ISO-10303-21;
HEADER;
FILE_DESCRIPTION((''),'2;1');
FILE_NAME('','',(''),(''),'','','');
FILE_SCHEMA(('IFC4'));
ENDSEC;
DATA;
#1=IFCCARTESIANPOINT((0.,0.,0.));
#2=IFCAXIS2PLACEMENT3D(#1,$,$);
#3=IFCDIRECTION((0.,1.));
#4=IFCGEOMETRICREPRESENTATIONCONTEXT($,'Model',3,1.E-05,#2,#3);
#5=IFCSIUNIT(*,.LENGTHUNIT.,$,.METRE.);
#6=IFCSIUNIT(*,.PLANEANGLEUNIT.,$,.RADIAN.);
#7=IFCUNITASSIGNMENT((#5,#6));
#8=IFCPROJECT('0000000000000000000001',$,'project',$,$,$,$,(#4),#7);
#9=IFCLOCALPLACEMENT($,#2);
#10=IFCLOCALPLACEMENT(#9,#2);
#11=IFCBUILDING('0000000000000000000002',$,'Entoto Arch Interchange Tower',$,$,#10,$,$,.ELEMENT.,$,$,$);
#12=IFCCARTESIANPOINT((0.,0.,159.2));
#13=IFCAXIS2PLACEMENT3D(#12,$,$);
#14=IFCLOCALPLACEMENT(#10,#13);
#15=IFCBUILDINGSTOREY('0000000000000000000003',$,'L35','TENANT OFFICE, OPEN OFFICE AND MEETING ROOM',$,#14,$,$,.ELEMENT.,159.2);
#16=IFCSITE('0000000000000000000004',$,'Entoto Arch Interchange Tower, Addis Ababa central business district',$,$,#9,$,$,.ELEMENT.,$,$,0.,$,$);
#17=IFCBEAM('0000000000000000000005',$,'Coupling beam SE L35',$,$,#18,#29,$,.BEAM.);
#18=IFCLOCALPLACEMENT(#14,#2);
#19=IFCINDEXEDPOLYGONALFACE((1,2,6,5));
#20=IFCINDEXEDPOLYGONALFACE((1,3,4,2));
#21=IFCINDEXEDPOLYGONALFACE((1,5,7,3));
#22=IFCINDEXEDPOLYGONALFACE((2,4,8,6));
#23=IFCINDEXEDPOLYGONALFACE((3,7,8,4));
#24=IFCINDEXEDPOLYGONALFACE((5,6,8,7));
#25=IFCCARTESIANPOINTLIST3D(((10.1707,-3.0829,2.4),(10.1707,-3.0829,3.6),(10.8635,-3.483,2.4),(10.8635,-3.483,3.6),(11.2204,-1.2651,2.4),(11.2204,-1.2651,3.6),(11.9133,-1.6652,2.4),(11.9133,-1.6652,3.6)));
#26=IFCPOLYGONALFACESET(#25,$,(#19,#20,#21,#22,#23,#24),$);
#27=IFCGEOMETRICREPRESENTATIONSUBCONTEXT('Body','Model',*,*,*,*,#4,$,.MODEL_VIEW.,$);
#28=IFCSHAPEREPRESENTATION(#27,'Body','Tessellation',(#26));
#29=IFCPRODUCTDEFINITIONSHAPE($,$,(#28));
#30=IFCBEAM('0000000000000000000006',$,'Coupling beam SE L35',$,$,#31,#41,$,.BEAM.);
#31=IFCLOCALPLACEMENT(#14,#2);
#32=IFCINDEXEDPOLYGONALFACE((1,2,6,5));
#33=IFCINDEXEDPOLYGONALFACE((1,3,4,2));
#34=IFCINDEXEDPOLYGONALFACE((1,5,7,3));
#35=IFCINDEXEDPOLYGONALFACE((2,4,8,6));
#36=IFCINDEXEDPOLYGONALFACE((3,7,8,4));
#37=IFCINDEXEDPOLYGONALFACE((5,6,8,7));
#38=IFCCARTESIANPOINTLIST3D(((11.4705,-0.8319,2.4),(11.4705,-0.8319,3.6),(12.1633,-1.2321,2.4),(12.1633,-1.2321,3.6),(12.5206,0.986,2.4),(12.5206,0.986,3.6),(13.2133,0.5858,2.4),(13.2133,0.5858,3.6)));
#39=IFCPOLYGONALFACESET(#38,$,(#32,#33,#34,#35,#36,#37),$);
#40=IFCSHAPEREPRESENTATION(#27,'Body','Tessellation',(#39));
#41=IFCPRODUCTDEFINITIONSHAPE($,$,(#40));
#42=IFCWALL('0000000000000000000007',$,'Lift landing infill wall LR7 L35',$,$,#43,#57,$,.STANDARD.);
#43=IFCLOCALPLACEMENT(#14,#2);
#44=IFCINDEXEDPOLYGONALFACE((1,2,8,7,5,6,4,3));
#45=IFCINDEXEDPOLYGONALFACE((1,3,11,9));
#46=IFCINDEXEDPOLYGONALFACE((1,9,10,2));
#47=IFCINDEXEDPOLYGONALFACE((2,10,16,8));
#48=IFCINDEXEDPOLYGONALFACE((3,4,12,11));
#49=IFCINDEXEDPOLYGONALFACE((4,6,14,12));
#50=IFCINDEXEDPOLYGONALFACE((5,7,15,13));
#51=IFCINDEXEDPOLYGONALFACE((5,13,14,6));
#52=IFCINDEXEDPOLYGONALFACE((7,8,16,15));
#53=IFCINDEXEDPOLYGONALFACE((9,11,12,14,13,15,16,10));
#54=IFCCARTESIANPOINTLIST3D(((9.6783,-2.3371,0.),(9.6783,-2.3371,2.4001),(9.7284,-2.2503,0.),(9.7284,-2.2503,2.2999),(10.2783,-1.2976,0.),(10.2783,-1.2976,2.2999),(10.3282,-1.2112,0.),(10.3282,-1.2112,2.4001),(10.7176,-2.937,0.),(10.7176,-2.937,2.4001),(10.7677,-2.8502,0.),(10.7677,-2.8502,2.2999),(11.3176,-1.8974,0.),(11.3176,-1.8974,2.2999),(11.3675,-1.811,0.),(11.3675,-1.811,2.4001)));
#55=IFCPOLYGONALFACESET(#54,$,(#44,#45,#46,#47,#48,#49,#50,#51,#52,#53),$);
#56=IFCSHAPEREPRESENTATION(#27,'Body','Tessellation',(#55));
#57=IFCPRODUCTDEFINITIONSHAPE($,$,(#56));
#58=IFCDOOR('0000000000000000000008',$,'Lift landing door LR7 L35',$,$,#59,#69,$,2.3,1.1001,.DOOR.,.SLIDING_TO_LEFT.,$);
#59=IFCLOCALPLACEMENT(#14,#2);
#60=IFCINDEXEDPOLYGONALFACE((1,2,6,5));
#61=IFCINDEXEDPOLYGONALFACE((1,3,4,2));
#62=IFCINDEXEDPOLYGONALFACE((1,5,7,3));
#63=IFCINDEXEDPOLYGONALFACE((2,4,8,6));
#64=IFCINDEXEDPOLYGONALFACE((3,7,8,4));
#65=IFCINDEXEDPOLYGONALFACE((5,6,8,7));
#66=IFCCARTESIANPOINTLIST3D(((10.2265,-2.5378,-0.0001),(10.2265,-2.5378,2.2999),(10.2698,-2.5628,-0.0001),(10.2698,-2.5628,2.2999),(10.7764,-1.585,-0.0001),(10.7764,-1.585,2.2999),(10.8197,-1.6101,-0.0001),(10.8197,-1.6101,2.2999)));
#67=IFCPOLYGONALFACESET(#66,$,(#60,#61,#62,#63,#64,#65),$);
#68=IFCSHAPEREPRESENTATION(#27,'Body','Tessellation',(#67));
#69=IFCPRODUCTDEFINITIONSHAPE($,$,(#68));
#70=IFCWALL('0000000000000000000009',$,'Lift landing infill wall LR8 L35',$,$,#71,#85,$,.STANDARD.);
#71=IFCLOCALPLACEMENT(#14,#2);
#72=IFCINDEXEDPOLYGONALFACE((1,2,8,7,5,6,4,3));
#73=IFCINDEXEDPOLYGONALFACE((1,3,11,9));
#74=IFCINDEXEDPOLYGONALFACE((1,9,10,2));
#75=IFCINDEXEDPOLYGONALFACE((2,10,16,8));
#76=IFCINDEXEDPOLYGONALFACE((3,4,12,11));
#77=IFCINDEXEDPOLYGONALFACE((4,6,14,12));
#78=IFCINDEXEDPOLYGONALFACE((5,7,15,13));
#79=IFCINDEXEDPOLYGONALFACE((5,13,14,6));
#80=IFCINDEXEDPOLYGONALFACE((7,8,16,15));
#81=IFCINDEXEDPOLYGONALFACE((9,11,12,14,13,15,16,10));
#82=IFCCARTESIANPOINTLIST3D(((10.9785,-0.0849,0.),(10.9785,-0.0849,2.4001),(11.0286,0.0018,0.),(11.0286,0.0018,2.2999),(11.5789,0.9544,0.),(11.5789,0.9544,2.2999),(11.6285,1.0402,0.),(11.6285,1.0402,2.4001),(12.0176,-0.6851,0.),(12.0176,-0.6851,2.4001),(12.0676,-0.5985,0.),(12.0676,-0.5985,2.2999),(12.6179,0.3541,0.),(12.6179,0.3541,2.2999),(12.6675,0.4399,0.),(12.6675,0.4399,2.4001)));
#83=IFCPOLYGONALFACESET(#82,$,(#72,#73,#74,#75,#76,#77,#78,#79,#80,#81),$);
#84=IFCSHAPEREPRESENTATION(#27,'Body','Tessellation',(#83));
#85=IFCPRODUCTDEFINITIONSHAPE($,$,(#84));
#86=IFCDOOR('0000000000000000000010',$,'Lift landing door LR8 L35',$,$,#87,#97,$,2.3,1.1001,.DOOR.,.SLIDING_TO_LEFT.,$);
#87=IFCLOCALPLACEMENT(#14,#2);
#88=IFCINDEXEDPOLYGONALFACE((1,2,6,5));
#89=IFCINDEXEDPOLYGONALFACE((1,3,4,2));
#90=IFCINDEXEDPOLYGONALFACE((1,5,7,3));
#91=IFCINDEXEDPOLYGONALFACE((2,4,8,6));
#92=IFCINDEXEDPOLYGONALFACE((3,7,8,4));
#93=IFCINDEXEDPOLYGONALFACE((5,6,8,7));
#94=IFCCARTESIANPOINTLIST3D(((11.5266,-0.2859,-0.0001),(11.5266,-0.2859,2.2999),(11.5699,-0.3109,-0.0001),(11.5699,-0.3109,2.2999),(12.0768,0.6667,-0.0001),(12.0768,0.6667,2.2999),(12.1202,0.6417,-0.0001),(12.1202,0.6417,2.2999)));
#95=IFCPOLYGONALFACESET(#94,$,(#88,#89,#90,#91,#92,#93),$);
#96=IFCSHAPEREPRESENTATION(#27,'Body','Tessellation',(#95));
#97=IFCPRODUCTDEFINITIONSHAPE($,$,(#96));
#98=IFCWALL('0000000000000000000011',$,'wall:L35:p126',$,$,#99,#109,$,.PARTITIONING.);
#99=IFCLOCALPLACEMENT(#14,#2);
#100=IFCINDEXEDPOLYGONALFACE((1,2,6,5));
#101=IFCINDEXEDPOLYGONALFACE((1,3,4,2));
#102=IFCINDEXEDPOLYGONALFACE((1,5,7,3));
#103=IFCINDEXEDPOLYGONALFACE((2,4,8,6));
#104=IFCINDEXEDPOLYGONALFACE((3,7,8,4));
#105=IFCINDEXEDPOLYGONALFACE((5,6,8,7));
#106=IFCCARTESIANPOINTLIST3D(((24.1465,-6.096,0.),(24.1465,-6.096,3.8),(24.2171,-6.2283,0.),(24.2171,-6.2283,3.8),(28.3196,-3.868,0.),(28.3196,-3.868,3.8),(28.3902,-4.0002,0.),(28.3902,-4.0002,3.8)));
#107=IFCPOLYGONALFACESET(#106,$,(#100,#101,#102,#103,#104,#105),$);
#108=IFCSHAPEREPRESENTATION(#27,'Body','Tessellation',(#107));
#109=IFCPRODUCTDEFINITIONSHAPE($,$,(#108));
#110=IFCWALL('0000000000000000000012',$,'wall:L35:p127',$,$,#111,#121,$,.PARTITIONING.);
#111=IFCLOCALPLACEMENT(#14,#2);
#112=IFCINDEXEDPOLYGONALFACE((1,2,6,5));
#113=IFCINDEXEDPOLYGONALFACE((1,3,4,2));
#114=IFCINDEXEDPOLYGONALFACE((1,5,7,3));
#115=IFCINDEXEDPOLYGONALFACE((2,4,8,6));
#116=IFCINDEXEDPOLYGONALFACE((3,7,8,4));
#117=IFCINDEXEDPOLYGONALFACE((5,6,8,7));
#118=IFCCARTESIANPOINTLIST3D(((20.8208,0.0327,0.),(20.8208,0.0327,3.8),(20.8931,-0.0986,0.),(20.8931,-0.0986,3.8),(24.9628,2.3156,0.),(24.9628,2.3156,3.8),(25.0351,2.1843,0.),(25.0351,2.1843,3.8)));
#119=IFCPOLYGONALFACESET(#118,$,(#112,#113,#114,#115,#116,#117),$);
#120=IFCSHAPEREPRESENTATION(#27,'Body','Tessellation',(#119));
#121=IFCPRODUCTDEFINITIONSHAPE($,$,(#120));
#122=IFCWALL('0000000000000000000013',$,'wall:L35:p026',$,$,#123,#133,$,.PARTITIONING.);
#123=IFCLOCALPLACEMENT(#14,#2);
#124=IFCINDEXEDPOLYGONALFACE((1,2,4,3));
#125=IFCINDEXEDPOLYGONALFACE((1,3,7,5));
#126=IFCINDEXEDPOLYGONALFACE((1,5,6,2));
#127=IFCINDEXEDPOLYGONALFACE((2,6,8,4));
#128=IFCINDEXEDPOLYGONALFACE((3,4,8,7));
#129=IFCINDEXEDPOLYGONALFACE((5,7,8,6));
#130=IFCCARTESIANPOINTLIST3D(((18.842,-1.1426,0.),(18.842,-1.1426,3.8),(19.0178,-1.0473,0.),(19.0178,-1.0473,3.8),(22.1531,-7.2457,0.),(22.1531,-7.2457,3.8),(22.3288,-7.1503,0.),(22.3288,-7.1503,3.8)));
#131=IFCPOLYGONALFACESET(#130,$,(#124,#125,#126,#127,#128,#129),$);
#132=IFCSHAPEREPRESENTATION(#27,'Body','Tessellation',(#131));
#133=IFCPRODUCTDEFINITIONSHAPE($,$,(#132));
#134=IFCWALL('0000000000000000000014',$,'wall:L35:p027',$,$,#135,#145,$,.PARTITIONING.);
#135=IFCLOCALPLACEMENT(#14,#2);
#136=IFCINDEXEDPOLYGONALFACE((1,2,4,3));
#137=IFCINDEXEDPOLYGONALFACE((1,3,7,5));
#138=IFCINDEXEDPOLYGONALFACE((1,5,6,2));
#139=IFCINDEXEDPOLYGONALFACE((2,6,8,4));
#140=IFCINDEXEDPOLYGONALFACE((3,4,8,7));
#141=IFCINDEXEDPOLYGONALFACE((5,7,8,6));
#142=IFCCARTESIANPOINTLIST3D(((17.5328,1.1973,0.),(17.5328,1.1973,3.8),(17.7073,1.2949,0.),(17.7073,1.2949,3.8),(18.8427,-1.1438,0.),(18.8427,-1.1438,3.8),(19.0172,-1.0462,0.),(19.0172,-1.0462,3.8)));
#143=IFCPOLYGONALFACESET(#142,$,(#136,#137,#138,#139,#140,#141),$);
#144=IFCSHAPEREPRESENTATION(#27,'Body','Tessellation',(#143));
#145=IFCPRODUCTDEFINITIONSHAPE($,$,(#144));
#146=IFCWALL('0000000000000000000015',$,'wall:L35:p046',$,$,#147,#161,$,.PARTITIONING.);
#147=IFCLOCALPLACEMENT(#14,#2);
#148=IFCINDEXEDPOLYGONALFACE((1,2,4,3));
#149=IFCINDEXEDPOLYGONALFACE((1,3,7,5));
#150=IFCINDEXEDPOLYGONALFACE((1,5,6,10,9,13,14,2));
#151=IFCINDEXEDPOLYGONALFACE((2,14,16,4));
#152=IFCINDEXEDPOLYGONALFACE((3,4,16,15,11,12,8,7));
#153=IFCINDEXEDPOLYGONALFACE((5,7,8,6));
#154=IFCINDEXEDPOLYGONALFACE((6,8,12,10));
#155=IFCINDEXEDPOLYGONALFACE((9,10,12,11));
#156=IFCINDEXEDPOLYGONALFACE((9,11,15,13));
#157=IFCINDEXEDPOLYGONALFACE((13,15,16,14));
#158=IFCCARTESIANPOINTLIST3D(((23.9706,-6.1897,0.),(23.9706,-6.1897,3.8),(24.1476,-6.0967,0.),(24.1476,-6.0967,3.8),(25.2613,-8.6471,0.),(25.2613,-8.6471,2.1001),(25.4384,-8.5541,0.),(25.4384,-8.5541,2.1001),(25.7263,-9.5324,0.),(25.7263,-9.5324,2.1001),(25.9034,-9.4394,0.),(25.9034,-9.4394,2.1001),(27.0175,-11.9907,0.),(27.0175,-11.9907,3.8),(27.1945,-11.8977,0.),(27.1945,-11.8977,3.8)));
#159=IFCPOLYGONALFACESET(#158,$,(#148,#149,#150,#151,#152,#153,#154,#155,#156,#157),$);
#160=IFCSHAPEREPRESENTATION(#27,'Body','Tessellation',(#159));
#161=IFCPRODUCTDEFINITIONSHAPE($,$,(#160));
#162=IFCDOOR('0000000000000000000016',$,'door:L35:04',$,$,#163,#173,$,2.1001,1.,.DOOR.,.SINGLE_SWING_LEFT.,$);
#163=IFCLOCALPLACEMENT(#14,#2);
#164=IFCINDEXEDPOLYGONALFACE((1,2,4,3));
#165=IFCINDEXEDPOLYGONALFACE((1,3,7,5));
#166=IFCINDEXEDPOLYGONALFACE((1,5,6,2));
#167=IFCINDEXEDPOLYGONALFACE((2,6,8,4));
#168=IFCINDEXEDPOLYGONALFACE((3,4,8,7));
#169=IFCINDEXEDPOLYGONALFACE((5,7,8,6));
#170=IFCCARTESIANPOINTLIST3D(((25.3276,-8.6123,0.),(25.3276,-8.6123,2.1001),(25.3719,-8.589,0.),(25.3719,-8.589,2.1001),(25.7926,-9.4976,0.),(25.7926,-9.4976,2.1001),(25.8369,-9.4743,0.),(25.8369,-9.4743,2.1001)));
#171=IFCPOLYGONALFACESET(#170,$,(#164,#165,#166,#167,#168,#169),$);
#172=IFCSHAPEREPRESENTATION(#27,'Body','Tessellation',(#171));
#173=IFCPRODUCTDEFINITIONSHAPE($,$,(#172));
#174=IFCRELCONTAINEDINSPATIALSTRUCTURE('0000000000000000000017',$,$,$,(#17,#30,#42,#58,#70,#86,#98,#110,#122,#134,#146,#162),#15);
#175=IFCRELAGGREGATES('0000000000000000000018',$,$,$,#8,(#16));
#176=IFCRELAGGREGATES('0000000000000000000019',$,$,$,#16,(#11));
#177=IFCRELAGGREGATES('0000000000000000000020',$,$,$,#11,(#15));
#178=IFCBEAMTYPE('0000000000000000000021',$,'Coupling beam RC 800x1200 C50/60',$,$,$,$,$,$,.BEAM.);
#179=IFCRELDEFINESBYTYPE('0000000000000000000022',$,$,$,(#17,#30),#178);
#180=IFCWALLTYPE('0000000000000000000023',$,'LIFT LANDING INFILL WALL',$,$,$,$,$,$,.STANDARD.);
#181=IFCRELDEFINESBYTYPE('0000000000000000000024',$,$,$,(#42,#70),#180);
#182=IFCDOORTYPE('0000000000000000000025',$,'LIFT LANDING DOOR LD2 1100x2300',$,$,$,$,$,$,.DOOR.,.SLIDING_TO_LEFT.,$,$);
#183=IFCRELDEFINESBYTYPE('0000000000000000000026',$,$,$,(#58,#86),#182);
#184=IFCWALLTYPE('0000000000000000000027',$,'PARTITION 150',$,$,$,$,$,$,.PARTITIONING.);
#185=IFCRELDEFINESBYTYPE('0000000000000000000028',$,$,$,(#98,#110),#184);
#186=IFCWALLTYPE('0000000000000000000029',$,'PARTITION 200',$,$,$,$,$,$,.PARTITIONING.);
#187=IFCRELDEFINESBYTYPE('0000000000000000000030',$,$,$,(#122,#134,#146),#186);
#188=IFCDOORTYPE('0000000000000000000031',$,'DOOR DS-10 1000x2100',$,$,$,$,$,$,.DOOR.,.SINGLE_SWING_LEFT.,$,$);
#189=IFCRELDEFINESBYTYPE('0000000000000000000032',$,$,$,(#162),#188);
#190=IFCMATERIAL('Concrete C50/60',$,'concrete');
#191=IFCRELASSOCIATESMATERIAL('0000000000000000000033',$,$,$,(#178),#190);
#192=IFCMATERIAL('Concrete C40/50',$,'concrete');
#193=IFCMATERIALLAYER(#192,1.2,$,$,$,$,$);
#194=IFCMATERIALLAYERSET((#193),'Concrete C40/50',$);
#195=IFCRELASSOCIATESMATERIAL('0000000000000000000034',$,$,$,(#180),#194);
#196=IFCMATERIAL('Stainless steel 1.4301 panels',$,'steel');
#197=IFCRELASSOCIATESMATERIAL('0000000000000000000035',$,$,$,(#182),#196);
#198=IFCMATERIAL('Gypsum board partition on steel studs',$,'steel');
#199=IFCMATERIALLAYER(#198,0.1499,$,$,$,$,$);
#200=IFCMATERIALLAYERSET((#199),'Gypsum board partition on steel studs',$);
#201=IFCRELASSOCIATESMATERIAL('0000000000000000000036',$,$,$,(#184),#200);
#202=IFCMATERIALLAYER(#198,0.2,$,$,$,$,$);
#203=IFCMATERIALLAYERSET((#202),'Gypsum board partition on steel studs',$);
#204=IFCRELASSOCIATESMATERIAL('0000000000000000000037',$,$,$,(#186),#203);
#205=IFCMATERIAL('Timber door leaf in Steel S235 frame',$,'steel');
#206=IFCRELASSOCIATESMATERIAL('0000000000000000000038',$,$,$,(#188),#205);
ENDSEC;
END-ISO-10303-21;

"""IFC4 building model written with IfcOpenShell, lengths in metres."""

from ifc_helpers import new_model, si_unit, direction, frame, frame_2d, origin, origin_2d, place, context, subcontext, project, spatial, rectangle, extrude, material, layer, layer_set, material_profile, profile_set, type_object, element, fill, save


model = new_model("IFC4")

# Units and contexts
model_context = context("Model", 3, precision=1e-05, world=origin(), true_north=direction((0.0, 1.0)))
body_context = subcontext(model_context, "Body", "Model", "MODEL_VIEW")
ifc_project = project(units=[si_unit("LENGTHUNIT", "METRE"), si_unit("PLANEANGLEUNIT", "RADIAN")], contexts=[model_context])

# Site, building, storey
site_placement = place(None, origin())
site = spatial("IfcSite", under=ifc_project, at=site_placement, Name="Entoto Arch Interchange Tower, Addis Ababa central business district", CompositionType="ELEMENT", RefElevation=0.0)
building_placement = place(site_placement, origin())
building = spatial("IfcBuilding", under=site, at=building_placement, Name="Entoto Arch Interchange Tower", CompositionType="ELEMENT")
storey_placement = place(building_placement, frame((0.0, 0.0, 159.2)))
storey = spatial("IfcBuildingStorey", under=building, at=storey_placement, Name="L35", Description="TENANT OFFICE, OPEN OFFICE AND MEETING ROOM", CompositionType="ELEMENT", Elevation=159.2)

# Beams
ifc_material_1 = material(Name="Concrete C50/60", Category="concrete")
ifc_material_profile = material_profile(ifc_material_1, rectangle(XDim=0.8, YDim=1.2, at=origin_2d()))
ifc_profile_set = profile_set([ifc_material_profile], Name="Concrete C50/60")
beam_type = type_object("IfcBeamType", Name="Coupling beam RC 800x1200 C50/60", PredefinedType="BEAM", material=ifc_profile_set)
beam_1_placement = place(storey_placement, frame((10.5171, -3.283, 3.0), z_axis=(0.500092, 0.865973, 0.0), x_axis=(-0.865973, 0.500092, 0.0)))
element("IfcBeam", 1, at=beam_1_placement, inside=storey, type_object=beam_type, Name="Coupling beam SE L35", PredefinedType="BEAM", context=body_context, shape_type="SweptSolid", body=[
    extrude(rectangle(XDim=0.8, YDim=1.2, at=origin_2d()), origin(), (0.0, 0.0, 1.0), 2.0991),
])
beam_2_placement = place(storey_placement, frame((11.8169, -1.032, 3.0), z_axis=(0.500179, 0.865922, 0.0), x_axis=(-0.865922, 0.500179, 0.0)))
element("IfcBeam", 2, at=beam_2_placement, inside=storey, type_object=beam_type, Name="Coupling beam SE L35", PredefinedType="BEAM", context=body_context, shape_type="SweptSolid", body=[
    extrude(rectangle(XDim=0.8, YDim=1.2, at=origin_2d()), origin(), (0.0, 0.0, 1.0), 2.0994),
])

# Walls, openings, doors
ifc_material_2 = material(Name="Concrete C40/50", Category="concrete")
ifc_layer_1 = layer(ifc_material_2, 1.2)
ifc_layer_set_1 = layer_set([ifc_layer_1], Name="Concrete C40/50")
wall_type_1 = type_object("IfcWallType", Name="LIFT LANDING INFILL WALL", PredefinedType="STANDARD", material=ifc_layer_set_1)
wall_1_placement = place(storey_placement, frame((10.198, -2.637, 0.0), z_axis=(0.0, 0.0, 1.0), x_axis=(0.499896, 0.866086, 0.0)))
wall_1 = element("IfcWall", 3, at=wall_1_placement, inside=storey, type_object=wall_type_1, Name="Lift landing infill wall LR7 L35", PredefinedType="STANDARD", context=body_context, shape_type="SweptSolid", body=[
    extrude(rectangle(XDim=1.3, YDim=1.2, at=frame_2d((0.6499, 0.0))), origin(), (0.0, 0.0, 1.0), 2.4001),
])
opening_1_placement = place(wall_1_placement, frame((0.1001, 0.0, 0.0)))
opening_1 = element("IfcOpeningElement", 4, at=opening_1_placement, cuts=wall_1, PredefinedType="OPENING", context=body_context, shape_type="SweptSolid", body=[
    extrude(rectangle(XDim=1.1001, YDim=2.3, at=frame_2d((0.55, 1.1499))), frame((0.0, 0.6099, 0.0), z_axis=(0.0, -1.0, 0.0), x_axis=(1.0, 0.0, 0.0)), (0.0, 0.0, 1.0), 1.22),
])
ifc_material_3 = material(Name="Stainless steel 1.4301 panels", Category="steel")
door_type_1 = type_object("IfcDoorType", Name="LIFT LANDING DOOR LD2 1100x2300", OperationType="SLIDING_TO_LEFT", PredefinedType="DOOR", material=ifc_material_3)
door_1_placement = place(opening_1_placement, origin())
door_1 = element("IfcDoor", 5, at=door_1_placement, inside=storey, type_object=door_type_1, Name="Lift landing door LR7 L35", OperationType="SLIDING_TO_LEFT", OverallHeight=2.3, OverallWidth=1.1001, PredefinedType="DOOR", context=body_context, shape_type="SweptSolid", body=[
    extrude(rectangle(XDim=1.1001, YDim=2.3, at=frame_2d((0.55, 1.1499))), frame((0.0, 0.0249, 0.0), z_axis=(0.0, -1.0, 0.0), x_axis=(1.0, 0.0, 0.0)), (0.0, 0.0, 1.0), 0.05),
])
fill(opening_1, door_1)
wall_2_placement = place(storey_placement, frame((11.498, -0.385, 0.0), z_axis=(0.0, 0.0, 1.0), x_axis=(0.500221, 0.865898, 0.0)))
wall_2 = element("IfcWall", 6, at=wall_2_placement, inside=storey, type_object=wall_type_1, Name="Lift landing infill wall LR8 L35", PredefinedType="STANDARD", context=body_context, shape_type="SweptSolid", body=[
    extrude(rectangle(XDim=1.2993, YDim=1.2, at=frame_2d((0.6497, 0.0))), origin(), (0.0, 0.0, 1.0), 2.4001),
])
opening_2_placement = place(wall_2_placement, frame((0.1001, 0.0, 0.0)))
opening_2 = element("IfcOpeningElement", 7, at=opening_2_placement, cuts=wall_2, PredefinedType="OPENING", context=body_context, shape_type="SweptSolid", body=[
    extrude(rectangle(XDim=1.1001, YDim=2.3, at=frame_2d((0.55, 1.1499))), frame((0.0, 0.6099, 0.0), z_axis=(0.0, -1.0, 0.0), x_axis=(1.0, 0.0, 0.0)), (0.0, 0.0, 1.0), 1.22),
])
door_2_placement = place(opening_2_placement, origin())
door_2 = element("IfcDoor", 8, at=door_2_placement, inside=storey, type_object=door_type_1, Name="Lift landing door LR8 L35", OperationType="SLIDING_TO_LEFT", OverallHeight=2.3, OverallWidth=1.1001, PredefinedType="DOOR", context=body_context, shape_type="SweptSolid", body=[
    extrude(rectangle(XDim=1.1001, YDim=2.3, at=frame_2d((0.55, 1.1499))), frame((0.0, 0.0249, 0.0), z_axis=(0.0, -1.0, 0.0), x_axis=(1.0, 0.0, 0.0)), (0.0, 0.0, 1.0), 0.05),
])
fill(opening_2, door_2)

# Walls
ifc_material_4 = material(Name="Gypsum board partition on steel studs", Category="steel")
ifc_layer_2 = layer(ifc_material_4, 0.1499)
ifc_layer_set_2 = layer_set([ifc_layer_2], Name="Gypsum board partition on steel studs")
wall_type_2 = type_object("IfcWallType", Name="PARTITION 150", PredefinedType="PARTITIONING", material=ifc_layer_set_2)
wall_3_placement = place(storey_placement, frame((24.1819, -6.1621, 0.0), z_axis=(0.0, 0.0, 1.0), x_axis=(0.882144, 0.470979, 0.0)))
element("IfcWall", 9, at=wall_3_placement, inside=storey, type_object=wall_type_2, Name="wall:L35:p126", PredefinedType="PARTITIONING", context=body_context, shape_type="SweptSolid", body=[
    extrude(rectangle(XDim=4.7307, YDim=0.1499, at=frame_2d((2.3652, 0.0))), origin(), (0.0, 0.0, 1.0), 3.8),
])
wall_4_placement = place(storey_placement, frame((20.8569, -0.033, 0.0), z_axis=(0.0, 0.0, 1.0), x_axis=(0.875786, 0.482699, 0.0)))
element("IfcWall", 10, at=wall_4_placement, inside=storey, type_object=wall_type_2, Name="wall:L35:p127", PredefinedType="PARTITIONING", context=body_context, shape_type="SweptSolid", body=[
    extrude(rectangle(XDim=4.7295, YDim=0.1499, at=frame_2d((2.3647, 0.0))), origin(), (0.0, 0.0, 1.0), 3.8),
])
ifc_layer_3 = layer(ifc_material_4, 0.2)
ifc_layer_set_3 = layer_set([ifc_layer_3], Name="Gypsum board partition on steel studs")
wall_type_3 = type_object("IfcWallType", Name="PARTITION 200", PredefinedType="PARTITIONING", material=ifc_layer_set_3)
wall_5_placement = place(storey_placement, frame((22.241, -7.198, 0.0), z_axis=(0.0, 0.0, 1.0), x_axis=(-0.476865, 0.878976, 0.0)))
element("IfcWall", 11, at=wall_5_placement, inside=storey, type_object=wall_type_3, Name="wall:L35:p026", PredefinedType="PARTITIONING", context=body_context, shape_type="SweptSolid", body=[
    extrude(rectangle(XDim=6.9434, YDim=0.2, at=frame_2d((3.4717, 0.0))), origin(), (0.0, 0.0, 1.0), 3.8),
])
wall_6_placement = place(storey_placement, frame((18.9299, -1.095, 0.0), z_axis=(0.0, 0.0, 1.0), x_axis=(-0.488268, 0.872694, 0.0)))
element("IfcWall", 12, at=wall_6_placement, inside=storey, type_object=wall_type_3, Name="wall:L35:p027", PredefinedType="PARTITIONING", context=body_context, shape_type="SweptSolid", body=[
    extrude(rectangle(XDim=2.6826, YDim=0.2, at=frame_2d((1.3413, 0.0))), origin(), (0.0, 0.0, 1.0), 3.8),
])

# Wall, opening, door
wall_7_placement = place(storey_placement, frame((24.0591, -6.1431, 0.0), z_axis=(0.0, 0.0, 1.0), x_axis=(0.464994, -0.885314, 0.0)))
wall_7 = element("IfcWall", 13, at=wall_7_placement, inside=storey, type_object=wall_type_3, Name="wall:L35:p046", PredefinedType="PARTITIONING", context=body_context, shape_type="SweptSolid", body=[
    extrude(rectangle(XDim=6.5525, YDim=0.2, at=frame_2d((3.2764, 0.0))), origin(), (0.0, 0.0, 1.0), 3.8),
])
opening_3_placement = place(wall_7_placement, frame((2.7759, 0.0, 0.0)))
opening_3 = element("IfcOpeningElement", 14, at=opening_3_placement, cuts=wall_7, PredefinedType="OPENING", context=body_context, shape_type="SweptSolid", body=[
    extrude(rectangle(XDim=1.0, YDim=2.1001, at=frame_2d((0.5, 1.05))), frame((0.0, 0.1099, 0.0), z_axis=(0.0, -1.0, 0.0), x_axis=(1.0, 0.0, 0.0)), (0.0, 0.0, 1.0), 0.22),
])
ifc_material_5 = material(Name="Timber door leaf in Steel S235 frame", Category="steel")
door_type_2 = type_object("IfcDoorType", Name="DOOR DS-10 1000x2100", OperationType="SINGLE_SWING_LEFT", PredefinedType="DOOR", material=ifc_material_5)
door_3_placement = place(opening_3_placement, origin())
door_3 = element("IfcDoor", 15, at=door_3_placement, inside=storey, type_object=door_type_2, Name="door:L35:04", OperationType="SINGLE_SWING_LEFT", OverallHeight=2.1001, OverallWidth=1.0, PredefinedType="DOOR", context=body_context, shape_type="SweptSolid", body=[
    extrude(rectangle(XDim=1.0, YDim=2.1001, at=frame_2d((0.5, 1.05))), frame((0.0, 0.0249, 0.0), z_axis=(0.0, -1.0, 0.0), x_axis=(1.0, 0.0, 0.0)), (0.0, 0.0, 1.0), 0.05),
])
fill(opening_3, door_3)

save(model, "model.ifc")
